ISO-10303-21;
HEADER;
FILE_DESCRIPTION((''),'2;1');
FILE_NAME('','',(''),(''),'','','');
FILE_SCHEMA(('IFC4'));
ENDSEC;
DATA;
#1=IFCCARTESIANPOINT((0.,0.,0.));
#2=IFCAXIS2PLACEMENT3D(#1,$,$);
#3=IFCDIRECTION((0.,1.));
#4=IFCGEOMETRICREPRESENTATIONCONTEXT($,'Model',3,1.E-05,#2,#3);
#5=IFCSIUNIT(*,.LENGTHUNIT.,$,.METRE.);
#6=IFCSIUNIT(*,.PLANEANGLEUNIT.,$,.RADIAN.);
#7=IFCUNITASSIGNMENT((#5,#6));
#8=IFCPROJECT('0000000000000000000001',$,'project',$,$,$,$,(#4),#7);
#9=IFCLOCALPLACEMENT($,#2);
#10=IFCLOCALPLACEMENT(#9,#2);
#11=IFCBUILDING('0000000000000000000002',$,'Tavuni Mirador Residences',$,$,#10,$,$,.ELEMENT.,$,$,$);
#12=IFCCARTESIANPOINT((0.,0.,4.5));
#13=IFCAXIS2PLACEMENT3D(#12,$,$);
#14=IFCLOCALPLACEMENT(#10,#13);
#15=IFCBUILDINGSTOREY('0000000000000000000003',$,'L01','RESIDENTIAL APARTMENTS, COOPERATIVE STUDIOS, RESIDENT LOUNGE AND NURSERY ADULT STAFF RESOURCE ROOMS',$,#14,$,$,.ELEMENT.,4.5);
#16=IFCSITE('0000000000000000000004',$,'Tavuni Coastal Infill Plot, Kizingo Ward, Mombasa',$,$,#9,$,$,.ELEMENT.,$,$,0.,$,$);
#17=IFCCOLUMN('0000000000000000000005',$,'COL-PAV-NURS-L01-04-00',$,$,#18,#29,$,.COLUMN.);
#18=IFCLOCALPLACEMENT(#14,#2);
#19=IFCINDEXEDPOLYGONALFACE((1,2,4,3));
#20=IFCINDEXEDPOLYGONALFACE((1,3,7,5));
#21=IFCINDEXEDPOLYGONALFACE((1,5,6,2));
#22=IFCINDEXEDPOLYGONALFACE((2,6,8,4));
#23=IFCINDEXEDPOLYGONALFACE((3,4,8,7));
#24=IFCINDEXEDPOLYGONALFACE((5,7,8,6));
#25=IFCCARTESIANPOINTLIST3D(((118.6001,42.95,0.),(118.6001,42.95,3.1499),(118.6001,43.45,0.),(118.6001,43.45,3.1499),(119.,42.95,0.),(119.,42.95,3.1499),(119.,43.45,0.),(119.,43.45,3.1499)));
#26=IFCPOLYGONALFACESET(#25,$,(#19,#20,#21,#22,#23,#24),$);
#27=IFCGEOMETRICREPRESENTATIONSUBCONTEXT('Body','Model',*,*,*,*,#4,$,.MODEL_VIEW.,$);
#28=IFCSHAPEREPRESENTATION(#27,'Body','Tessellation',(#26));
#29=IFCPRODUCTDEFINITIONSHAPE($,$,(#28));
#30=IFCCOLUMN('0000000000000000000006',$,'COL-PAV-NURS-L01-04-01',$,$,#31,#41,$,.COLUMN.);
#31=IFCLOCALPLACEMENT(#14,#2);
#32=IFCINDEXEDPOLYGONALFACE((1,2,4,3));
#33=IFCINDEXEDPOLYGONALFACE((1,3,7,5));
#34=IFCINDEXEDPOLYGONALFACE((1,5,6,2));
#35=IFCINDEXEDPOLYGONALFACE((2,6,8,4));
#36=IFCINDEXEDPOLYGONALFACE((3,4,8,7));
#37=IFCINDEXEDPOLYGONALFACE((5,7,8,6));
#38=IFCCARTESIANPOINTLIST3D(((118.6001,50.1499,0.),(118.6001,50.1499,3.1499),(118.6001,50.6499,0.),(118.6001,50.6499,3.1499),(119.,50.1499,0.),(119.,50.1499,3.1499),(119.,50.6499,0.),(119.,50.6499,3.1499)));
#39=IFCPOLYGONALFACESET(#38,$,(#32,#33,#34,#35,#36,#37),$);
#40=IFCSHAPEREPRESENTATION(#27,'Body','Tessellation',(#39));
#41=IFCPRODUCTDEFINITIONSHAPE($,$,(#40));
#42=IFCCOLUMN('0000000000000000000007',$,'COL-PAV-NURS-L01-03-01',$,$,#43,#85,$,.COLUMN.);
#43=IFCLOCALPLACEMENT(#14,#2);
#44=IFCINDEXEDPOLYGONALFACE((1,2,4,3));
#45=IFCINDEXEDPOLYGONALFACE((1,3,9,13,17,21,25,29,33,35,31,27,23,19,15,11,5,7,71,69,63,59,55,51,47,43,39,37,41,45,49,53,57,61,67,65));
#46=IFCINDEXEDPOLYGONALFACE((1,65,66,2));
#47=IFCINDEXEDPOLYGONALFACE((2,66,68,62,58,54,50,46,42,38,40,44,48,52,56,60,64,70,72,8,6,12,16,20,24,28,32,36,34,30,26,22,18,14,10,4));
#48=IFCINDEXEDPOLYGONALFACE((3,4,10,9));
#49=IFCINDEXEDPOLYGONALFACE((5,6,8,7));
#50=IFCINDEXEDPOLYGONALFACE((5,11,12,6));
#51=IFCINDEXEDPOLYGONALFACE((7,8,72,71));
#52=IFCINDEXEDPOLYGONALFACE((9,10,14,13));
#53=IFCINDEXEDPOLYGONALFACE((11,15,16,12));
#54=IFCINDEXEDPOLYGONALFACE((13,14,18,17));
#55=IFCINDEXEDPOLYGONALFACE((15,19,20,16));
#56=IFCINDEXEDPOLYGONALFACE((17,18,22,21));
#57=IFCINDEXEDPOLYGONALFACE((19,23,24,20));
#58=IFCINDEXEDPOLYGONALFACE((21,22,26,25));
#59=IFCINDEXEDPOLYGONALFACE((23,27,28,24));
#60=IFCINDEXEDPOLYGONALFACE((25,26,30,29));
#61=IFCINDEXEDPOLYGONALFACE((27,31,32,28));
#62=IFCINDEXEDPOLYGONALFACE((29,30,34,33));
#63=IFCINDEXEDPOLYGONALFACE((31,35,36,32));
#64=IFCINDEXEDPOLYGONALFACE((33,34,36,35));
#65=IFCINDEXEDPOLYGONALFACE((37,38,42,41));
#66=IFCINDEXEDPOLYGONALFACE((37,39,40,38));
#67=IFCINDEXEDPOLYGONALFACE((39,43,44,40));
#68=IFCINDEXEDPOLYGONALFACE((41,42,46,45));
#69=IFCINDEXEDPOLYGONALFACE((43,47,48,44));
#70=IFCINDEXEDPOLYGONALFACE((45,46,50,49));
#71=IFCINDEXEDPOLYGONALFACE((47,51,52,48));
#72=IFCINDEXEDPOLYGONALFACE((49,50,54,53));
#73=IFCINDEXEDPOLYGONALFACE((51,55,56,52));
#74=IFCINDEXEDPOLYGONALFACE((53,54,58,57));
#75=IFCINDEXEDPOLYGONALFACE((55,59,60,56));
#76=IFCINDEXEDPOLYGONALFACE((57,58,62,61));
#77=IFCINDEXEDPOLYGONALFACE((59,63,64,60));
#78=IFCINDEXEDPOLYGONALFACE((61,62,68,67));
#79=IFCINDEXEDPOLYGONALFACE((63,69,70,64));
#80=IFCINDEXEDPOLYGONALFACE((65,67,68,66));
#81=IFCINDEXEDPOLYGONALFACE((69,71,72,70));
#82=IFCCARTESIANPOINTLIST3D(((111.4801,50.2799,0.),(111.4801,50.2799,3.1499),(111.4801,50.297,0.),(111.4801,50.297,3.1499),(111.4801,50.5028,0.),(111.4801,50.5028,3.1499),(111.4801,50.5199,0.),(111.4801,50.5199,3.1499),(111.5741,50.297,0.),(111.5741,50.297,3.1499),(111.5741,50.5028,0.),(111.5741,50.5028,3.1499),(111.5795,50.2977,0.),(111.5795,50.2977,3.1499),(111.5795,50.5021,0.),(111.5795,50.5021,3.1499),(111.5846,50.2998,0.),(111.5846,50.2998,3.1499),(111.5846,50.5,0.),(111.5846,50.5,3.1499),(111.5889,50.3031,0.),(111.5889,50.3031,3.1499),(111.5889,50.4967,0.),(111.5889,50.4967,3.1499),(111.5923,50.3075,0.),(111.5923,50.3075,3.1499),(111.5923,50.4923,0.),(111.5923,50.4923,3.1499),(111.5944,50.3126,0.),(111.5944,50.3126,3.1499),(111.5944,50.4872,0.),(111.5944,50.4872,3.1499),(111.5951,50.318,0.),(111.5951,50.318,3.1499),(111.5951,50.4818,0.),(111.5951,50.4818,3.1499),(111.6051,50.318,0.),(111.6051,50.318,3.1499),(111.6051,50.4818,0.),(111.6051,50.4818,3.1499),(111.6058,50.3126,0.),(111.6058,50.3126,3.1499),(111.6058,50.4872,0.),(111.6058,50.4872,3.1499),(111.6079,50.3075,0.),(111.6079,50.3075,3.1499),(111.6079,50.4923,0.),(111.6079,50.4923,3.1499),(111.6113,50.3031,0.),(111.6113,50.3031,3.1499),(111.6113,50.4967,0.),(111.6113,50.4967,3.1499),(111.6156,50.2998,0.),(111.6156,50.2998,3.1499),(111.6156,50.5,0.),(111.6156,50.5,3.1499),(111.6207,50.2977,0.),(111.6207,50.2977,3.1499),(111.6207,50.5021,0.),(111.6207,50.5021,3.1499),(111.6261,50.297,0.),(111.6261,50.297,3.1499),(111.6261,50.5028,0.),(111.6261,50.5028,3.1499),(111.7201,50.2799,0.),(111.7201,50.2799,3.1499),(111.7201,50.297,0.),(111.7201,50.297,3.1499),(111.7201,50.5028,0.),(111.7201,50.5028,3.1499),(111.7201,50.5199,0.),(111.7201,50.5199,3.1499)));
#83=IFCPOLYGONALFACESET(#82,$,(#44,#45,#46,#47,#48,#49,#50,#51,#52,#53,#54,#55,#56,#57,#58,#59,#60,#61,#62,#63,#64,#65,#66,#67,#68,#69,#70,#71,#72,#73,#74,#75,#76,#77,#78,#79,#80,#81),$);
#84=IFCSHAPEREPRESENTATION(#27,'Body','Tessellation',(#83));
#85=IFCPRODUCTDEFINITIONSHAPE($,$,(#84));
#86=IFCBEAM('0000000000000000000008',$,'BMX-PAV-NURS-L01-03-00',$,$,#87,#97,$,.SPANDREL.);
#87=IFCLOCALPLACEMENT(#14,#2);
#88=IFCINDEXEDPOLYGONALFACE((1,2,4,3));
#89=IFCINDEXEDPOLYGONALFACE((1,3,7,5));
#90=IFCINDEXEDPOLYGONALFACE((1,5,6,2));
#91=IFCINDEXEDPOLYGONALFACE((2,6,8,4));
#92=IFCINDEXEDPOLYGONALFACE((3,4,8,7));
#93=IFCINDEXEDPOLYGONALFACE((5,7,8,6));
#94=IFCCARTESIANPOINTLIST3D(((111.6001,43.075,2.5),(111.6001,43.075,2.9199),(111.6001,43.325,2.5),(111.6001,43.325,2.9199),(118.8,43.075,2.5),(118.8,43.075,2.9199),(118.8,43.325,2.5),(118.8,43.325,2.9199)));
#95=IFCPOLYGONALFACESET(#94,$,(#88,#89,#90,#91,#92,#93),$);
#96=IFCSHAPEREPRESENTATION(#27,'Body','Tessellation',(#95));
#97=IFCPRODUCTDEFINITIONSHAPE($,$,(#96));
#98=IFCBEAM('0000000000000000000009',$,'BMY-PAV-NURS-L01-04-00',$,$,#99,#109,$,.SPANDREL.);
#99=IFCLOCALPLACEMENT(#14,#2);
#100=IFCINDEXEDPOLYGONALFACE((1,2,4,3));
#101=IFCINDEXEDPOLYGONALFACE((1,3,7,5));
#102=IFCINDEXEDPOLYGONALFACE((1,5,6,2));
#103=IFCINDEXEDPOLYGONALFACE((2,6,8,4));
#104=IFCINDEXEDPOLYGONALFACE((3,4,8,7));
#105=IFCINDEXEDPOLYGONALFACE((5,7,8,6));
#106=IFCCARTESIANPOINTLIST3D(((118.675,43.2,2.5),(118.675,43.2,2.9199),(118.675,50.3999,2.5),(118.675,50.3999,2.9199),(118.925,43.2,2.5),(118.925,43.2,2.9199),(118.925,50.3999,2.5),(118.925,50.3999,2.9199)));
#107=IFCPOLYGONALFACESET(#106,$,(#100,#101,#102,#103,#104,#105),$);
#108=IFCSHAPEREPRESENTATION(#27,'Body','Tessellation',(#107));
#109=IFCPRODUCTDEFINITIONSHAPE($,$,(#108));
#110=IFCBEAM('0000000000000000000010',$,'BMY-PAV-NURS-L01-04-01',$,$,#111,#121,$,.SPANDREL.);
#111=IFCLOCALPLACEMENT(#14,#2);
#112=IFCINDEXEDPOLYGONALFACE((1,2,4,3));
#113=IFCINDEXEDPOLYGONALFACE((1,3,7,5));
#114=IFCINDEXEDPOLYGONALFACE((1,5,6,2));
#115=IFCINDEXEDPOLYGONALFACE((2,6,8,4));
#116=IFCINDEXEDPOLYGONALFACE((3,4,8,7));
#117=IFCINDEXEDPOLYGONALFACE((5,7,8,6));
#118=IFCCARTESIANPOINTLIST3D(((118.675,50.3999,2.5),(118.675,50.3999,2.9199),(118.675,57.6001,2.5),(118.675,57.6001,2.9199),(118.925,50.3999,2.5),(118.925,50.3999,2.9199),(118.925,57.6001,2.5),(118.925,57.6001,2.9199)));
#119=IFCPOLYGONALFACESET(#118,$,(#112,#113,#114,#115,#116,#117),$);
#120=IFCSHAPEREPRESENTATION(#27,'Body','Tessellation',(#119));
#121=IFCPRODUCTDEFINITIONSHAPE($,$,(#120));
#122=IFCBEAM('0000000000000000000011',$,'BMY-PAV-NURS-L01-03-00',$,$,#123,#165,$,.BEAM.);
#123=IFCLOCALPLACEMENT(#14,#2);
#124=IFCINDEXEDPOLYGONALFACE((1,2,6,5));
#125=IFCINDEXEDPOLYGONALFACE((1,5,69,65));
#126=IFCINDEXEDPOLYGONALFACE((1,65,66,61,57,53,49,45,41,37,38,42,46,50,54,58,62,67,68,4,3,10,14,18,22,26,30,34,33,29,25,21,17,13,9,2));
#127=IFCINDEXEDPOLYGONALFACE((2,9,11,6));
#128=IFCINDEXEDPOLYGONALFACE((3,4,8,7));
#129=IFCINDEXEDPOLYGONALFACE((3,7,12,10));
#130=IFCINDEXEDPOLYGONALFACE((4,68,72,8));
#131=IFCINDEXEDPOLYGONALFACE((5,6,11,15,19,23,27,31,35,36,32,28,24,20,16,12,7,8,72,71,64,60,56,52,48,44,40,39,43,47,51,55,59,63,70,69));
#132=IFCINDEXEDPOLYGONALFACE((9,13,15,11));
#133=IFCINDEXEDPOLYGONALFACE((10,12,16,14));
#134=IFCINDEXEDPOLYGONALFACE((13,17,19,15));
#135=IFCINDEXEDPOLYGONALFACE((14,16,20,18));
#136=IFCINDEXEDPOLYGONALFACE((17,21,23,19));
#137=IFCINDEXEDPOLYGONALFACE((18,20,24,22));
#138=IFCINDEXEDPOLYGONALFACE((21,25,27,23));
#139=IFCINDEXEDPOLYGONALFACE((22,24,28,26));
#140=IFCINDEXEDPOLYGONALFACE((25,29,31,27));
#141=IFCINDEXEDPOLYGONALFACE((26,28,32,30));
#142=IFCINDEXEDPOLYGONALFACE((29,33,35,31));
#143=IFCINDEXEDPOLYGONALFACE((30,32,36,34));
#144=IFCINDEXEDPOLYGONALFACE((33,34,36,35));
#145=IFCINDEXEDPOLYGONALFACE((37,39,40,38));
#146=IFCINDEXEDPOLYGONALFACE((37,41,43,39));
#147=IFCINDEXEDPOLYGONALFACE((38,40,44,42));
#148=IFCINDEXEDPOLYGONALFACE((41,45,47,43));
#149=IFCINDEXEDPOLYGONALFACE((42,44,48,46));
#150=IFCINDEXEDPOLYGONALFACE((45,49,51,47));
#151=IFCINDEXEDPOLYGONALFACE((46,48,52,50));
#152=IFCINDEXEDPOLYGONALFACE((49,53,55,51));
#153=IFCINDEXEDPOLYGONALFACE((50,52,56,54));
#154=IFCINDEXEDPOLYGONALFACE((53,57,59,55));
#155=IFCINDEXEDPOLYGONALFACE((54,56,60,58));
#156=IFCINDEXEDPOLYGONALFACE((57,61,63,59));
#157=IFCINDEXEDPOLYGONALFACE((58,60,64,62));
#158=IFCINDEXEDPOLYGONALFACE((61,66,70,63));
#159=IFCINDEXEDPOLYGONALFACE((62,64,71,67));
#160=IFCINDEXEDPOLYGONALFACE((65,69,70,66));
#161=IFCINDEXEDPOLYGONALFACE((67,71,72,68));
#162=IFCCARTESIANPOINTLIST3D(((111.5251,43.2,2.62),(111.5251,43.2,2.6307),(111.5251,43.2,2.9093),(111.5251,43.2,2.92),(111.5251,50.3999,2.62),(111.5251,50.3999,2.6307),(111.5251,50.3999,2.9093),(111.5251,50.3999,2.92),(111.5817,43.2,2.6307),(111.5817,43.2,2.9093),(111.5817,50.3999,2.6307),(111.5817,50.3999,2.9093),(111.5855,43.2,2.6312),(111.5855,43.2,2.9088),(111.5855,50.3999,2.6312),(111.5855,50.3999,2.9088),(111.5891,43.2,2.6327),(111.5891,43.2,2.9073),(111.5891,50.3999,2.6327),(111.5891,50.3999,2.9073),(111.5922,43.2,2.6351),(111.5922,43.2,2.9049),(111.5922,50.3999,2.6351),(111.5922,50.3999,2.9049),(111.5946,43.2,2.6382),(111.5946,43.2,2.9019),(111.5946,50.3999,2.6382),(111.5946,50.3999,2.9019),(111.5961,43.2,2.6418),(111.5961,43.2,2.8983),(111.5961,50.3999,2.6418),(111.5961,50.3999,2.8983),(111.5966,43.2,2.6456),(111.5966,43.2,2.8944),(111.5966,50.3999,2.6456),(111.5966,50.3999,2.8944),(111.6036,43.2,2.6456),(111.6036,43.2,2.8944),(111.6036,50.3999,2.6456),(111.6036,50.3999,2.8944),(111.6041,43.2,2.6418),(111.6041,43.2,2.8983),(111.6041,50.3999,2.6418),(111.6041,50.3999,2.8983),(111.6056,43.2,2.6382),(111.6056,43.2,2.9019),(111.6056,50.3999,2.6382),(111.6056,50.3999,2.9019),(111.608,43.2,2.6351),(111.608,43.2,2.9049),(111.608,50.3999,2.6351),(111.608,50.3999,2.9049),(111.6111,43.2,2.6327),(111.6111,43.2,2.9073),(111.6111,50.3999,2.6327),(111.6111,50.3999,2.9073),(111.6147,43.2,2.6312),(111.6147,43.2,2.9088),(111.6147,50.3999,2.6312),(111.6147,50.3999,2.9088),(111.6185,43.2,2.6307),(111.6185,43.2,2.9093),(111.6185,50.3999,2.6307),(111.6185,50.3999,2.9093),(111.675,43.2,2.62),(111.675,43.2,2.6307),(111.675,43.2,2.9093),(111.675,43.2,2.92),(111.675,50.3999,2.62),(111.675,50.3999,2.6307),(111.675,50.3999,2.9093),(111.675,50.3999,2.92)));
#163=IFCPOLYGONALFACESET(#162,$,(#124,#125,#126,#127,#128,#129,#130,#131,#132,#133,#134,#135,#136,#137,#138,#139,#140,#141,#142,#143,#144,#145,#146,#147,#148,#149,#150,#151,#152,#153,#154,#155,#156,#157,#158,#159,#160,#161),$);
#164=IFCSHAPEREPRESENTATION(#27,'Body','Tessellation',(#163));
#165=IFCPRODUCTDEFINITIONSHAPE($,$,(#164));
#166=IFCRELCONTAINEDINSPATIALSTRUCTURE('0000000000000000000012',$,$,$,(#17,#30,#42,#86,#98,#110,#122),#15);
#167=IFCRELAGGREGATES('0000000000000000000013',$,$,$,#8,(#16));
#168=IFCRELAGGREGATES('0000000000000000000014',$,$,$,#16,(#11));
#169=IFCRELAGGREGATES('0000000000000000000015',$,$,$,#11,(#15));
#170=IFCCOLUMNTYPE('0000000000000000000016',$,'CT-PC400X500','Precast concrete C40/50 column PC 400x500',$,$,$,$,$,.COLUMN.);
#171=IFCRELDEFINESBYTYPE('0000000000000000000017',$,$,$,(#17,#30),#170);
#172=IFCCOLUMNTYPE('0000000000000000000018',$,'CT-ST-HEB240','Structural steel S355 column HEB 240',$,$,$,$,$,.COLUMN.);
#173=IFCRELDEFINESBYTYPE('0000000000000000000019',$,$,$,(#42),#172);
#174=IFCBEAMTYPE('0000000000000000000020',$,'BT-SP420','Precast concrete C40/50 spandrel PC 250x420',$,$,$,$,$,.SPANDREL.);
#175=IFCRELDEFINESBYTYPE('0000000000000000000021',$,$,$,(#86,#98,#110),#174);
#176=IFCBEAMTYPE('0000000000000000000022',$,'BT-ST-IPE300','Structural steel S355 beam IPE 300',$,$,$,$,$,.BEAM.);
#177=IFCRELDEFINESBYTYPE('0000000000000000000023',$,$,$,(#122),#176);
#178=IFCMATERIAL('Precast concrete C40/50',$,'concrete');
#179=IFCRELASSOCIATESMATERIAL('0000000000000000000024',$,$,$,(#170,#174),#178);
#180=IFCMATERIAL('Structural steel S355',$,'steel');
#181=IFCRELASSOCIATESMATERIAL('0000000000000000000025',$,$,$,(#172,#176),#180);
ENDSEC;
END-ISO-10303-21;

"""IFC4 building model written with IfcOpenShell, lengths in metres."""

from ifc_helpers import new_model, si_unit, direction, frame, origin, origin_2d, place, context, subcontext, project, spatial, rectangle, i_section, extrude, material, material_profile, profile_set, type_object, element, save


model = new_model("IFC4")

# Units and contexts
model_context = context("Model", 3, precision=1e-05, world=origin(), true_north=direction((0.0, 1.0)))
body_context = subcontext(model_context, "Body", "Model", "MODEL_VIEW")
ifc_project = project(units=[si_unit("LENGTHUNIT", "METRE"), si_unit("PLANEANGLEUNIT", "RADIAN")], contexts=[model_context])

# Site, building, storey
site_placement = place(None, origin())
site = spatial("IfcSite", under=ifc_project, at=site_placement, Name="Tavuni Coastal Infill Plot, Kizingo Ward, Mombasa", CompositionType="ELEMENT", RefElevation=0.0)
building_placement = place(site_placement, origin())
building = spatial("IfcBuilding", under=site, at=building_placement, Name="Tavuni Mirador Residences", CompositionType="ELEMENT")
storey_placement = place(building_placement, frame((0.0, 0.0, 4.5)))
storey = spatial("IfcBuildingStorey", under=building, at=storey_placement, Name="L01", Description="RESIDENTIAL APARTMENTS, COOPERATIVE STUDIOS, RESIDENT LOUNGE AND NURSERY ADULT STAFF RESOURCE ROOMS", CompositionType="ELEMENT", Elevation=4.5)

# Columns
ifc_material_1 = material(Name="Precast concrete C40/50", Category="concrete")
ifc_material_profile_1 = material_profile(ifc_material_1, rectangle(XDim=0.3999, YDim=0.5, at=origin_2d()), Name="PC 400x500", Category="concrete")
ifc_profile_set_1 = profile_set([ifc_material_profile_1], Name="Precast concrete C40/50")
column_type_1 = type_object("IfcColumnType", Name="CT-PC400X500", Description="Precast concrete C40/50 column PC 400x500", PredefinedType="COLUMN", material=ifc_profile_set_1)
for number, where, z_axis, x_axis, name in (
    (1, (118.8, 43.2, 0.0), (0.0, 0.0, 1.0), (1.0, 0.0, 0.0), "COL-PAV-NURS-L01-04-00"),
    (2, (118.8, 50.3999, 0.0), (0.0, 0.0, 1.0), (1.0, 0.0, 0.0), "COL-PAV-NURS-L01-04-01"),
):
    element("IfcColumn", number, at=place(storey_placement, frame(where, z_axis=z_axis, x_axis=x_axis)), inside=storey, type_object=column_type_1, Name=name, PredefinedType="COLUMN", context=body_context, shape_type="SweptSolid", body=[
        extrude(rectangle(XDim=0.3999, YDim=0.5, at=origin_2d()), origin(), (0.0, 0.0, 1.0), 3.1499),
    ])
ifc_material_2 = material(Name="Structural steel S355", Category="steel")
ifc_material_profile_2 = material_profile(ifc_material_2, i_section(OverallWidth=0.24, OverallDepth=0.24, WebThickness=0.01, FlangeThickness=0.0171, FilletRadius=0.021, at=origin_2d()), Name="HEB 240", Category="steel")
ifc_profile_set_2 = profile_set([ifc_material_profile_2], Name="Structural steel S355")
column_type_2 = type_object("IfcColumnType", Name="CT-ST-HEB240", Description="Structural steel S355 column HEB 240", PredefinedType="COLUMN", material=ifc_profile_set_2)
column_placement = place(storey_placement, frame((111.6001, 50.3999, 0.0), z_axis=(0.0, 0.0, 1.0), x_axis=(1.0, 0.0, 0.0)))
element("IfcColumn", 3, at=column_placement, inside=storey, type_object=column_type_2, Name="COL-PAV-NURS-L01-03-01", PredefinedType="COLUMN", context=body_context, shape_type="SweptSolid", body=[
    extrude(i_section(OverallWidth=0.24, OverallDepth=0.24, WebThickness=0.01, FlangeThickness=0.0171, FilletRadius=0.021, at=origin_2d()), origin(), (0.0, 0.0, 1.0), 3.1499),
])

# Beams
ifc_material_profile_3 = material_profile(ifc_material_1, rectangle(XDim=0.25, YDim=0.4199, at=origin_2d()), Name="PC 250x420", Category="concrete")
ifc_profile_set_3 = profile_set([ifc_material_profile_3], Name="Precast concrete C40/50")
beam_type_1 = type_object("IfcBeamType", Name="BT-SP420", Description="Precast concrete C40/50 spandrel PC 250x420", PredefinedType="SPANDREL", material=ifc_profile_set_3)
for number, where, z_axis, x_axis, name in (
    (4, (111.6001, 43.2, 2.71), (1.0, 0.0, 0.0), (0.0, 1.0, 0.0), "BMX-PAV-NURS-L01-03-00"),
    (5, (118.8, 43.2, 2.71), (0.0, 1.0, 0.0), (-1.0, 0.0, 0.0), "BMY-PAV-NURS-L01-04-00"),
):
    element("IfcBeam", number, at=place(storey_placement, frame(where, z_axis=z_axis, x_axis=x_axis)), inside=storey, type_object=beam_type_1, Name=name, PredefinedType="SPANDREL", context=body_context, shape_type="SweptSolid", body=[
        extrude(rectangle(XDim=0.25, YDim=0.4199, at=origin_2d()), origin(), (0.0, 0.0, 1.0), 7.2),
    ])
beam_1_placement = place(storey_placement, frame((118.8, 50.3999, 2.71), z_axis=(0.0, 1.0, 0.0), x_axis=(-1.0, 0.0, 0.0)))
element("IfcBeam", 6, at=beam_1_placement, inside=storey, type_object=beam_type_1, Name="BMY-PAV-NURS-L01-04-01", PredefinedType="SPANDREL", context=body_context, shape_type="SweptSolid", body=[
    extrude(rectangle(XDim=0.25, YDim=0.4199, at=origin_2d()), origin(), (0.0, 0.0, 1.0), 7.2002),
])
ifc_material_profile_4 = material_profile(ifc_material_2, i_section(OverallWidth=0.1499, OverallDepth=0.3, WebThickness=0.0071, FlangeThickness=0.0107, FilletRadius=0.0149, at=origin_2d()), Name="IPE 300", Category="steel")
ifc_profile_set_4 = profile_set([ifc_material_profile_4], Name="Structural steel S355")
beam_type_2 = type_object("IfcBeamType", Name="BT-ST-IPE300", Description="Structural steel S355 beam IPE 300", PredefinedType="BEAM", material=ifc_profile_set_4)
beam_2_placement = place(storey_placement, frame((111.6001, 43.2, 2.77), z_axis=(0.0, 1.0, 0.0), x_axis=(-1.0, 0.0, 0.0)))
element("IfcBeam", 7, at=beam_2_placement, inside=storey, type_object=beam_type_2, Name="BMY-PAV-NURS-L01-03-00", PredefinedType="BEAM", context=body_context, shape_type="SweptSolid", body=[
    extrude(i_section(OverallWidth=0.1499, OverallDepth=0.3, WebThickness=0.0071, FlangeThickness=0.0107, FilletRadius=0.0149, at=origin_2d()), origin(), (0.0, 0.0, 1.0), 7.2),
])

save(model, "model.ifc")
